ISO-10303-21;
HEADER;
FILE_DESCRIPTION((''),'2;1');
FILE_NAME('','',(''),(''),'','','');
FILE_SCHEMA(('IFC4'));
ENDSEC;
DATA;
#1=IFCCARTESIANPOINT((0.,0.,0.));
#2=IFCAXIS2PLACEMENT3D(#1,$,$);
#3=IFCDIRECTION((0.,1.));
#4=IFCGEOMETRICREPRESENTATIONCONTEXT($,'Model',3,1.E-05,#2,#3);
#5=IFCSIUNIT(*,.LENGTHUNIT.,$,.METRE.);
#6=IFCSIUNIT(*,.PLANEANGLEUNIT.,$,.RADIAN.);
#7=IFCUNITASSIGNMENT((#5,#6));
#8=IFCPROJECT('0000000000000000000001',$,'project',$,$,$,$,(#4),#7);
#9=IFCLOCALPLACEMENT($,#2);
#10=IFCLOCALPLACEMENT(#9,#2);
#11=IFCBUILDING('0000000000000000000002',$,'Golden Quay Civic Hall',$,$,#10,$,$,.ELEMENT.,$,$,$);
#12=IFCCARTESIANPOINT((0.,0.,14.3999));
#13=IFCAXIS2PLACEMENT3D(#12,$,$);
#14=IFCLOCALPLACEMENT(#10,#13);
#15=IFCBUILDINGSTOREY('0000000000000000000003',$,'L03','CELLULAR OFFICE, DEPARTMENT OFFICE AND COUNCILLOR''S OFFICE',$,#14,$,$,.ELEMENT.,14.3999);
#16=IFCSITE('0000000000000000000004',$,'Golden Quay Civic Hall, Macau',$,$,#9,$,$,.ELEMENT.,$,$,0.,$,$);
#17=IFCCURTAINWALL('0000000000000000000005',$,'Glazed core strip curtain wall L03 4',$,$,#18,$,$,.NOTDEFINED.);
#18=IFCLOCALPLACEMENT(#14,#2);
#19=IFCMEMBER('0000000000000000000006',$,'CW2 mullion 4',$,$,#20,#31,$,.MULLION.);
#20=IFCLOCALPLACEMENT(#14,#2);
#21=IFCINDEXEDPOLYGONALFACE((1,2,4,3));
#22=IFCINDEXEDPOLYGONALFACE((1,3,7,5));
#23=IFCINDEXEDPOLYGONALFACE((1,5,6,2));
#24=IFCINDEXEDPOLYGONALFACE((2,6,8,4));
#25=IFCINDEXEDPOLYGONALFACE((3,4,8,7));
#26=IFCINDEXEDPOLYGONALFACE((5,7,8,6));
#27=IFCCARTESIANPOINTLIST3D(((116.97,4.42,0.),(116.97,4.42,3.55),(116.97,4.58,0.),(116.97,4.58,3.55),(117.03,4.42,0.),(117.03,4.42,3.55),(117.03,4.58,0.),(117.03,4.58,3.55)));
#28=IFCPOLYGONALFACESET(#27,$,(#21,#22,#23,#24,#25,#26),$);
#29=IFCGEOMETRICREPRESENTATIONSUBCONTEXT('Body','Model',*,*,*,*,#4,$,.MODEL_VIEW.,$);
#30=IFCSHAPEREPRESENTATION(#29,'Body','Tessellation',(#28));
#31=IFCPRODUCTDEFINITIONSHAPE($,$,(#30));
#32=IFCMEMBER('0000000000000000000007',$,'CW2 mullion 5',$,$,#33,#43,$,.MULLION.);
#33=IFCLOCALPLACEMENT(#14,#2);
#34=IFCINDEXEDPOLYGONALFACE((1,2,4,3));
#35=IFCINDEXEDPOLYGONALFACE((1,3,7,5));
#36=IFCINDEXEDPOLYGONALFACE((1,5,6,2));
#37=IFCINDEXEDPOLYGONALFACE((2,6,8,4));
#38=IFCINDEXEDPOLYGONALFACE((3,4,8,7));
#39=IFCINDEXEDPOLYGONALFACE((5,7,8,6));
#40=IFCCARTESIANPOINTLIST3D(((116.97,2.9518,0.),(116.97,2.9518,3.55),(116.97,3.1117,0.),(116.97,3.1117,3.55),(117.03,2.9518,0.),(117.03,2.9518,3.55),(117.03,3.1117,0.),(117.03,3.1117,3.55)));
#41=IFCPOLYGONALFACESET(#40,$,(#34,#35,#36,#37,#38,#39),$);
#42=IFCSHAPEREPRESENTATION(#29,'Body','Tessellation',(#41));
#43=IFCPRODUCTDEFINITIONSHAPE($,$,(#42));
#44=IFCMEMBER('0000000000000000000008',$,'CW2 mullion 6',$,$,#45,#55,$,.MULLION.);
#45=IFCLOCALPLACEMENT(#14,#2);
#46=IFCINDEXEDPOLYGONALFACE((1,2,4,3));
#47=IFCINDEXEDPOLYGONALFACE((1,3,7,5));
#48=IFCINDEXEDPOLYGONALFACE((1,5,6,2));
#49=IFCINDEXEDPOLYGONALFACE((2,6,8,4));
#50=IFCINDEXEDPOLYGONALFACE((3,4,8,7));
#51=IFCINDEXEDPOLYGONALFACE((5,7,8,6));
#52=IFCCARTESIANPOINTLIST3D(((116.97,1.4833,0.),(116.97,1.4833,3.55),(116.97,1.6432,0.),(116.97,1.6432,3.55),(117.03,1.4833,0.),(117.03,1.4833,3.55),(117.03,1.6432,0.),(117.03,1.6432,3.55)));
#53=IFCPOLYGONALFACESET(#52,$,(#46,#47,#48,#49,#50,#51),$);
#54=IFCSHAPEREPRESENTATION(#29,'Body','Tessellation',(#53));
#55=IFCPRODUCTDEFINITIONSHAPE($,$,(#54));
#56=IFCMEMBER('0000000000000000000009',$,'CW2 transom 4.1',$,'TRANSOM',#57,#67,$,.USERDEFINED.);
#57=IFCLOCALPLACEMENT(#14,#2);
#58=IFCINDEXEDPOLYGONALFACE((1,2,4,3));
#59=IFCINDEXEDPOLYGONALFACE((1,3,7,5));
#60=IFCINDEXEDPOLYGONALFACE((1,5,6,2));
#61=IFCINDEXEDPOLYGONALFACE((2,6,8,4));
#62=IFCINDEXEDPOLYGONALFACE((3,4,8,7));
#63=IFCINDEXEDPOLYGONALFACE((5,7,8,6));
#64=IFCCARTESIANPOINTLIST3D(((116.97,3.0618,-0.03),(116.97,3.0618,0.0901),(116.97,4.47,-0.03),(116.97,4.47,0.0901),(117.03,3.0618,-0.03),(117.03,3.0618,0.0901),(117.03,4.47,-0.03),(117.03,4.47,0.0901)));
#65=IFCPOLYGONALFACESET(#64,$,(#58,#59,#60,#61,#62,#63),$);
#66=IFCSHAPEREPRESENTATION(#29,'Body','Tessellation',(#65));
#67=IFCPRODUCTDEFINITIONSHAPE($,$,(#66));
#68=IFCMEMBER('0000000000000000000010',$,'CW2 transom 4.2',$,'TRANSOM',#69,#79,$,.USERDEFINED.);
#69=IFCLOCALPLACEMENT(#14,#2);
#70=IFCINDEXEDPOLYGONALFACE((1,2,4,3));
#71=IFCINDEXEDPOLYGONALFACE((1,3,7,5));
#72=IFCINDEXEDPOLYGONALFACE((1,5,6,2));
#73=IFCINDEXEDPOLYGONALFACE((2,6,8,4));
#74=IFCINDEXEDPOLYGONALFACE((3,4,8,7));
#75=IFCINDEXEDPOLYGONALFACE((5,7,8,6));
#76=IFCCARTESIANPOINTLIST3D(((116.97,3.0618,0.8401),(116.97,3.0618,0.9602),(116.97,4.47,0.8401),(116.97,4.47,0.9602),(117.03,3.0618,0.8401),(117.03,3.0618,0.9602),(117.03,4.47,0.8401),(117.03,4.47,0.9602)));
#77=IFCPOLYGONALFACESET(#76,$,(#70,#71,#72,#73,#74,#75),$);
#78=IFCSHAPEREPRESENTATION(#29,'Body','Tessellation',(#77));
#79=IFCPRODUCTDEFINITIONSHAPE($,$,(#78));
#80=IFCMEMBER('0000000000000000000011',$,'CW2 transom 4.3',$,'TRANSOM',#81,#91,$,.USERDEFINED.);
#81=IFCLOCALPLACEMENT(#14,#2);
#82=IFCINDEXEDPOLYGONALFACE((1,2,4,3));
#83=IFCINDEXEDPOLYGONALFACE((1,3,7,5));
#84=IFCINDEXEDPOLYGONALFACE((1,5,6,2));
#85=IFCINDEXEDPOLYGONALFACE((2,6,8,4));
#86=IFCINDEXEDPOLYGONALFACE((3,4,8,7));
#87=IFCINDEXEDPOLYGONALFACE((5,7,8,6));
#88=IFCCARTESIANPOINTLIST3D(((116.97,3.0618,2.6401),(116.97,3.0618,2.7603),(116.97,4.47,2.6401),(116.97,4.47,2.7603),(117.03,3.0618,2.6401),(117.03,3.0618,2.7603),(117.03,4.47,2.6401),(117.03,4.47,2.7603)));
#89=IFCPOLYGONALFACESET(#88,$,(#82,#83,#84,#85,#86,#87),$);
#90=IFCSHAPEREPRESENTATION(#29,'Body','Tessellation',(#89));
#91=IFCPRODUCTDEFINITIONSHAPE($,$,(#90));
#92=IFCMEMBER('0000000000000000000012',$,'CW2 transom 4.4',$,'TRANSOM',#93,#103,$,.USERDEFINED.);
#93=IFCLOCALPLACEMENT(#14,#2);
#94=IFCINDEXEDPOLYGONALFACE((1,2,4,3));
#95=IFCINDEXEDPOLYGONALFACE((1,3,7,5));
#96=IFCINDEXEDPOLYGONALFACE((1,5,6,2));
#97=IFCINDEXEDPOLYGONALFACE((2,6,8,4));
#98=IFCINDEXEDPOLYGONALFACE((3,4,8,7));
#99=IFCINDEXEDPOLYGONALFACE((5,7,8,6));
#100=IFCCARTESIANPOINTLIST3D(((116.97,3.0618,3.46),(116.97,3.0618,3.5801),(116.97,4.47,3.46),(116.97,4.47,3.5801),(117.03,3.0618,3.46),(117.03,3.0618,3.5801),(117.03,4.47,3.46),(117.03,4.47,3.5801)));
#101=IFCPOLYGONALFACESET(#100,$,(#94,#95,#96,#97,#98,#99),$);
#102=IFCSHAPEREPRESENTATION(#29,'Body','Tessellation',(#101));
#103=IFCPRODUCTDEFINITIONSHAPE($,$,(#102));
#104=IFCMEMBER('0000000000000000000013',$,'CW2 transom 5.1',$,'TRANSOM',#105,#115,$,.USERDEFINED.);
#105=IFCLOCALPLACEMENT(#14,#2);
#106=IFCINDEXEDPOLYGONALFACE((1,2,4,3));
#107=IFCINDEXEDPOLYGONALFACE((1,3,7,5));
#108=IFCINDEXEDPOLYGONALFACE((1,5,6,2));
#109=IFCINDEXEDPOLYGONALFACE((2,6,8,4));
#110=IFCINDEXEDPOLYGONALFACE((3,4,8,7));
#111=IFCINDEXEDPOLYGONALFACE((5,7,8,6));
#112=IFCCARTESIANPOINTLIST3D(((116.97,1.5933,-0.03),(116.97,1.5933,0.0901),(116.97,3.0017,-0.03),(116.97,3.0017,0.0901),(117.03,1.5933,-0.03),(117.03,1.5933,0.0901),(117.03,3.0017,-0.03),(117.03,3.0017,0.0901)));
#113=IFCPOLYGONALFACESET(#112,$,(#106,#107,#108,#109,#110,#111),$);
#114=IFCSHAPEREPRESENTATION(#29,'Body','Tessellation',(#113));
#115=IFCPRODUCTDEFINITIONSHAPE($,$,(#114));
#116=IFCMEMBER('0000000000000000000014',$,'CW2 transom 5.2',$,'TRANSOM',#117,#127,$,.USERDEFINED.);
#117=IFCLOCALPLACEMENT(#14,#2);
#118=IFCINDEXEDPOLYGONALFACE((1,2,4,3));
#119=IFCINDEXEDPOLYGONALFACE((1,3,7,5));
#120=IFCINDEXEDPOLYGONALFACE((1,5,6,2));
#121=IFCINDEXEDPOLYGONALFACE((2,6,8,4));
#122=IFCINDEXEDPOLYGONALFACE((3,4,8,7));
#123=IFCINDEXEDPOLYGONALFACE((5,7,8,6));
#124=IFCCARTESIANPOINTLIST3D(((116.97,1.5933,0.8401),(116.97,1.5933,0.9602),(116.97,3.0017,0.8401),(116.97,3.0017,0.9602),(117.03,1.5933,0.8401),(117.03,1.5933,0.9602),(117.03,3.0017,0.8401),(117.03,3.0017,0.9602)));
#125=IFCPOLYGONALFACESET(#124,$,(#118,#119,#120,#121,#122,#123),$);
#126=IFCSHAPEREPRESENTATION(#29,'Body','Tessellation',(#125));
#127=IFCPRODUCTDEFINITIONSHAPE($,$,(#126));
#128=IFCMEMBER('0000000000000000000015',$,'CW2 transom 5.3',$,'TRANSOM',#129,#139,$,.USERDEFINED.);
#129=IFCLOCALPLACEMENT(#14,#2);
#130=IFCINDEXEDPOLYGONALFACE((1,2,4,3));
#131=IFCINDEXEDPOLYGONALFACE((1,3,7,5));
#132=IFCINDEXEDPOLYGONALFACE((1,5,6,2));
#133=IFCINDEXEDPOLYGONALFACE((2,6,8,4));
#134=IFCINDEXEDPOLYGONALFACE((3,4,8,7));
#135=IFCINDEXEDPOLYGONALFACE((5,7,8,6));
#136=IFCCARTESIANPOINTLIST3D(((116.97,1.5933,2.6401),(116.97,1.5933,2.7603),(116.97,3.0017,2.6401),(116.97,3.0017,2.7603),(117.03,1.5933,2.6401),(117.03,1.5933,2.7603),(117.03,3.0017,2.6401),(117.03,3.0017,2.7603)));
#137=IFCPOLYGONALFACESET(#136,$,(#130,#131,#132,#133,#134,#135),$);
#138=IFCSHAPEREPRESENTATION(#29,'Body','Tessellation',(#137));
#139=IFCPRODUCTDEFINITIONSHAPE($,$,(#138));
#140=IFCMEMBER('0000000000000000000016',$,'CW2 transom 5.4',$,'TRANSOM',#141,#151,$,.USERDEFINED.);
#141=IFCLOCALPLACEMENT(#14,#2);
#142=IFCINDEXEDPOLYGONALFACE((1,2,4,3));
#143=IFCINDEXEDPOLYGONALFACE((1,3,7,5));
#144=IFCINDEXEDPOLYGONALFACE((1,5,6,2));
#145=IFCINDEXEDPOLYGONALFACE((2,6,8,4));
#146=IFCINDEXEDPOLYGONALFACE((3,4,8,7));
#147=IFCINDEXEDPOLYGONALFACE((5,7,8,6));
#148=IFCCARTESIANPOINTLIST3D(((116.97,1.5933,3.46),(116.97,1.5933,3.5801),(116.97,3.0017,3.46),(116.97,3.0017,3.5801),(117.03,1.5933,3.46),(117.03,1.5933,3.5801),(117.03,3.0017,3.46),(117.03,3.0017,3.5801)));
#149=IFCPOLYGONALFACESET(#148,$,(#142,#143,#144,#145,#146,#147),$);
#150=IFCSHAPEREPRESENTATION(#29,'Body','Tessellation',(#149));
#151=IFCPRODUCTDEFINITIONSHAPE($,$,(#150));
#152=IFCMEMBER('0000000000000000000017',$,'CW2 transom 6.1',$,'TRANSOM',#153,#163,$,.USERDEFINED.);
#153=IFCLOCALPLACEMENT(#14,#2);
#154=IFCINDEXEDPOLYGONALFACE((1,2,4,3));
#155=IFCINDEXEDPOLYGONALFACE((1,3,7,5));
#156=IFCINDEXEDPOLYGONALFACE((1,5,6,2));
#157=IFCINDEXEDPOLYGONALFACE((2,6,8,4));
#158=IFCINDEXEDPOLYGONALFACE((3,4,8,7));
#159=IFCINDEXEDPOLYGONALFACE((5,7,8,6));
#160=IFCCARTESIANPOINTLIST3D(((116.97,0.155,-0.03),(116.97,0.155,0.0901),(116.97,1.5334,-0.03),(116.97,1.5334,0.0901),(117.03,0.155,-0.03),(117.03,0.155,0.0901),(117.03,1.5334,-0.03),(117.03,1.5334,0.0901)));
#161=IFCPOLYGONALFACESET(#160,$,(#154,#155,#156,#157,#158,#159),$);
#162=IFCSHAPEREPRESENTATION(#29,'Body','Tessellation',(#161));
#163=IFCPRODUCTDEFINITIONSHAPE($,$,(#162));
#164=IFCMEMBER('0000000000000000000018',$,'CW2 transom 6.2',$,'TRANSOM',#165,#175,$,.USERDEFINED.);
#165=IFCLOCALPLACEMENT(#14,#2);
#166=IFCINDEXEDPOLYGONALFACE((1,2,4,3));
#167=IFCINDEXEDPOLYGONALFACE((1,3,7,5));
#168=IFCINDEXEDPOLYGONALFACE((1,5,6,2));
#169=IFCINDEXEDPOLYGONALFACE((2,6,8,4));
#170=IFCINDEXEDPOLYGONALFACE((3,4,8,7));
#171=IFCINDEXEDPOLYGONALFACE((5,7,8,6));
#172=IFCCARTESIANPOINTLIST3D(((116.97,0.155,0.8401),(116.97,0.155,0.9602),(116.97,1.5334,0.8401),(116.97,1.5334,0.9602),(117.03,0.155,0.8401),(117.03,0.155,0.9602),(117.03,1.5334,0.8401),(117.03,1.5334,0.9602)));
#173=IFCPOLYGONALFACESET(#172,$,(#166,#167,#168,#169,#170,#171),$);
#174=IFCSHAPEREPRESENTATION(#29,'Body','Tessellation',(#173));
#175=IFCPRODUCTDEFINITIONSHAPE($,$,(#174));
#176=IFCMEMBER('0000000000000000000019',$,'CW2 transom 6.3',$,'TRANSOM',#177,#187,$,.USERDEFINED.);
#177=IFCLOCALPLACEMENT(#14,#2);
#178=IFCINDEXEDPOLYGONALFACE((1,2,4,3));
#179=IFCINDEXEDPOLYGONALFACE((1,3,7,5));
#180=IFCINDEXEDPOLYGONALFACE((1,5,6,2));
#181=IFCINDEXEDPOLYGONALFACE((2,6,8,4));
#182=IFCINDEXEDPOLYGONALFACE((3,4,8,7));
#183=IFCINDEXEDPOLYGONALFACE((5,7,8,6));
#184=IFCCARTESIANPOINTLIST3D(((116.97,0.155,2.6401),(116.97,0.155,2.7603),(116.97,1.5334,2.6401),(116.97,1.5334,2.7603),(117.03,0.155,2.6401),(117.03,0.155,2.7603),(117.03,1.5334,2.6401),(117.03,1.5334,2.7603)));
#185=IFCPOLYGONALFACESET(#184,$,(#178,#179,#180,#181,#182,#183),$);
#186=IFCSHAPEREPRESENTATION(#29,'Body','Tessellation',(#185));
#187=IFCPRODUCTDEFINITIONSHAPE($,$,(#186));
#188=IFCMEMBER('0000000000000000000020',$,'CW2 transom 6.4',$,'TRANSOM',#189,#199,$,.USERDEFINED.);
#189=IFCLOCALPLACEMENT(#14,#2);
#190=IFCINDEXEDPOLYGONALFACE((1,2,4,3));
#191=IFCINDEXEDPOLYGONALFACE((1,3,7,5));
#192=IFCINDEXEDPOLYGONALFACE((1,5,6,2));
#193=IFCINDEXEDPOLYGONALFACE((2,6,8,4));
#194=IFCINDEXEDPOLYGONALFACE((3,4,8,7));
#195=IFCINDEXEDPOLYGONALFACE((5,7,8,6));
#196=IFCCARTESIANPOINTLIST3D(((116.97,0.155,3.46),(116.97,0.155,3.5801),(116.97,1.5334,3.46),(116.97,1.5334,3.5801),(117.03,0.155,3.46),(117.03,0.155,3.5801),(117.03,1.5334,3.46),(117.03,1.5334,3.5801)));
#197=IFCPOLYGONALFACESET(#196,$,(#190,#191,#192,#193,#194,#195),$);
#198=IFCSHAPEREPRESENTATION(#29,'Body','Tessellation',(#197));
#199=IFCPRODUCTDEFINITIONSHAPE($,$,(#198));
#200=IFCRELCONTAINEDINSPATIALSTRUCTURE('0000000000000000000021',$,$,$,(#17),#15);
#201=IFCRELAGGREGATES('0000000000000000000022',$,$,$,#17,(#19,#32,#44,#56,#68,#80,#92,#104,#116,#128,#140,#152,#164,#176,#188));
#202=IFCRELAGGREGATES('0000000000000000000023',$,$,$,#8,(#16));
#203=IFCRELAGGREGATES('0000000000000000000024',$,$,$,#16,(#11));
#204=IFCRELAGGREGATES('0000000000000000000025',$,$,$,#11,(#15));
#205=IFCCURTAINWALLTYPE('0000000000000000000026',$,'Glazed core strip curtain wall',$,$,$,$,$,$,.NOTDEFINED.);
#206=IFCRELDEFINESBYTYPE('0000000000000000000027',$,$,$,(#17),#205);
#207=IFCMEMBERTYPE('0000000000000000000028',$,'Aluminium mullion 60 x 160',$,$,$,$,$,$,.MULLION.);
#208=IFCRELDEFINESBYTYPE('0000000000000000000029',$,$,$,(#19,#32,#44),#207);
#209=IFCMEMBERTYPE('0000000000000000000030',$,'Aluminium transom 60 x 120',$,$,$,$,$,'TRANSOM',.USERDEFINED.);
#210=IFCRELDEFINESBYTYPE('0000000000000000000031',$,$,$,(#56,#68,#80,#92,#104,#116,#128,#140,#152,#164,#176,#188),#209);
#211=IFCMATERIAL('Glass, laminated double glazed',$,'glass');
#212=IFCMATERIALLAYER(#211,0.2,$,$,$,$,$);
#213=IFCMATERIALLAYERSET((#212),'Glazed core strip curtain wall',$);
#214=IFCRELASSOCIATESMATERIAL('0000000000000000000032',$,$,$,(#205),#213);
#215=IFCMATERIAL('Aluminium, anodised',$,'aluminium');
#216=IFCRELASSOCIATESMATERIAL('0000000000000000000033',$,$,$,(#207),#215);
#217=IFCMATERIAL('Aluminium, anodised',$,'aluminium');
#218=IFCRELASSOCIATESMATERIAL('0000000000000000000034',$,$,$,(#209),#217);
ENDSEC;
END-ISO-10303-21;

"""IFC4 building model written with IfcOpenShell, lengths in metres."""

from ifc_helpers import new_model, si_unit, direction, frame, origin, origin_2d, place, context, subcontext, project, spatial, rectangle, extrude, material, layer, layer_set, material_profile, profile_set, type_object, element, aggregate, save


model = new_model("IFC4")

# Units and contexts
model_context = context("Model", 3, precision=1e-05, world=origin(), true_north=direction((0.0, 1.0)))
body_context = subcontext(model_context, "Body", "Model", "MODEL_VIEW")
ifc_project = project(units=[si_unit("LENGTHUNIT", "METRE"), si_unit("PLANEANGLEUNIT", "RADIAN")], contexts=[model_context])

# Site, building, storey
site_placement = place(None, origin())
site = spatial("IfcSite", under=ifc_project, at=site_placement, Name="Golden Quay Civic Hall, Macau", CompositionType="ELEMENT", RefElevation=0.0)
building_placement = place(site_placement, origin())
building = spatial("IfcBuilding", under=site, at=building_placement, Name="Golden Quay Civic Hall", CompositionType="ELEMENT")
storey_placement = place(building_placement, frame((0.0, 0.0, 14.3999)))
storey = spatial("IfcBuildingStorey", under=building, at=storey_placement, Name="L03", Description="CELLULAR OFFICE, DEPARTMENT OFFICE AND COUNCILLOR'S OFFICE", CompositionType="ELEMENT", Elevation=14.3999)

# Curtain wall, members
ifc_material_1 = material(Name="Glass, laminated double glazed", Category="glass")
ifc_layer_1 = layer(ifc_material_1, 0.2)
ifc_layer_set_1 = layer_set([ifc_layer_1], Name="Glazed core strip curtain wall")
curtain_wall_type = type_object("IfcCurtainWallType", Name="Glazed core strip curtain wall", PredefinedType="NOTDEFINED", material=ifc_layer_set_1)
curtain_wall_placement = place(storey_placement, origin())
curtain_wall = element("IfcCurtainWall", 1, at=curtain_wall_placement, inside=storey, type_object=curtain_wall_type, Name="Glazed core strip curtain wall L03 4", PredefinedType="NOTDEFINED")
ifc_material_2 = material(Name="Aluminium, anodised", Category="aluminium")
ifc_material_profile_1 = material_profile(ifc_material_2, rectangle(XDim=0.0601, YDim=0.1599, at=origin_2d()), Name="Aluminium 60 x 160")
ifc_profile_set_1 = profile_set([ifc_material_profile_1], Name="Aluminium, anodised")
member_type_1 = type_object("IfcMemberType", Name="Aluminium mullion 60 x 160", PredefinedType="MULLION", material=ifc_profile_set_1)
member_1_placement = place(storey_placement, frame((117.0, 4.5, 0.0), z_axis=(0.0, 0.0, 1.0), x_axis=(1.0, 0.0, 0.0)))
member_1 = element("IfcMember", 2, at=member_1_placement, type_object=member_type_1, Name="CW2 mullion 4", PredefinedType="MULLION", context=body_context, shape_type="SweptSolid", body=[
    extrude(rectangle(XDim=0.0601, YDim=0.1599, at=origin_2d()), origin(), (0.0, 0.0, 1.0), 3.55),
])
member_2_placement = place(storey_placement, frame((117.0, 3.0317, 0.0), z_axis=(0.0, 0.0, 1.0), x_axis=(1.0, 0.0, 0.0)))
member_2 = element("IfcMember", 3, at=member_2_placement, type_object=member_type_1, Name="CW2 mullion 5", PredefinedType="MULLION", context=body_context, shape_type="SweptSolid", body=[
    extrude(rectangle(XDim=0.0601, YDim=0.1599, at=origin_2d()), origin(), (0.0, 0.0, 1.0), 3.55),
])
member_3_placement = place(storey_placement, frame((117.0, 1.5632, 0.0), z_axis=(0.0, 0.0, 1.0), x_axis=(1.0, 0.0, 0.0)))
member_3 = element("IfcMember", 4, at=member_3_placement, type_object=member_type_1, Name="CW2 mullion 6", PredefinedType="MULLION", context=body_context, shape_type="SweptSolid", body=[
    extrude(rectangle(XDim=0.0601, YDim=0.1599, at=origin_2d()), origin(), (0.0, 0.0, 1.0), 3.55),
])
ifc_material_3 = material(Name="Aluminium, anodised", Category="aluminium")
ifc_material_profile_2 = material_profile(ifc_material_3, rectangle(XDim=0.0601, YDim=0.1201, at=origin_2d()), Name="Aluminium 60 x 120")
ifc_profile_set_2 = profile_set([ifc_material_profile_2], Name="Aluminium, anodised")
member_type_2 = type_object("IfcMemberType", Name="Aluminium transom 60 x 120", ElementType="TRANSOM", PredefinedType="USERDEFINED", material=ifc_profile_set_2)
member_4_placement = place(storey_placement, frame((117.0, 4.47, 0.03), z_axis=(0.0, -1.0, 0.0), x_axis=(1.0, 0.0, 0.0)))
member_4 = element("IfcMember", 5, at=member_4_placement, type_object=member_type_2, Name="CW2 transom 4.1", ObjectType="TRANSOM", PredefinedType="USERDEFINED", context=body_context, shape_type="SweptSolid", body=[
    extrude(rectangle(XDim=0.0601, YDim=0.1201, at=origin_2d()), origin(), (0.0, 0.0, 1.0), 1.4082),
])
member_5_placement = place(storey_placement, frame((117.0, 4.47, 0.9001), z_axis=(0.0, -1.0, 0.0), x_axis=(1.0, 0.0, 0.0)))
member_5 = element("IfcMember", 6, at=member_5_placement, type_object=member_type_2, Name="CW2 transom 4.2", ObjectType="TRANSOM", PredefinedType="USERDEFINED", context=body_context, shape_type="SweptSolid", body=[
    extrude(rectangle(XDim=0.0601, YDim=0.1201, at=origin_2d()), origin(), (0.0, 0.0, 1.0), 1.4082),
])
member_6_placement = place(storey_placement, frame((117.0, 4.47, 2.7002), z_axis=(0.0, -1.0, 0.0), x_axis=(1.0, 0.0, 0.0)))
member_6 = element("IfcMember", 7, at=member_6_placement, type_object=member_type_2, Name="CW2 transom 4.3", ObjectType="TRANSOM", PredefinedType="USERDEFINED", context=body_context, shape_type="SweptSolid", body=[
    extrude(rectangle(XDim=0.0601, YDim=0.1201, at=origin_2d()), origin(), (0.0, 0.0, 1.0), 1.4082),
])
member_7_placement = place(storey_placement, frame((117.0, 4.47, 3.52), z_axis=(0.0, -1.0, 0.0), x_axis=(1.0, 0.0, 0.0)))
member_7 = element("IfcMember", 8, at=member_7_placement, type_object=member_type_2, Name="CW2 transom 4.4", ObjectType="TRANSOM", PredefinedType="USERDEFINED", context=body_context, shape_type="SweptSolid", body=[
    extrude(rectangle(XDim=0.0601, YDim=0.1201, at=origin_2d()), origin(), (0.0, 0.0, 1.0), 1.4082),
])
member_8_placement = place(storey_placement, frame((117.0, 3.0017, 0.03), z_axis=(0.0, -1.0, 0.0), x_axis=(1.0, 0.0, 0.0)))
member_8 = element("IfcMember", 9, at=member_8_placement, type_object=member_type_2, Name="CW2 transom 5.1", ObjectType="TRANSOM", PredefinedType="USERDEFINED", context=body_context, shape_type="SweptSolid", body=[
    extrude(rectangle(XDim=0.0601, YDim=0.1201, at=origin_2d()), origin(), (0.0, 0.0, 1.0), 1.4084),
])
member_9_placement = place(storey_placement, frame((117.0, 3.0017, 0.9001), z_axis=(0.0, -1.0, 0.0), x_axis=(1.0, 0.0, 0.0)))
member_9 = element("IfcMember", 10, at=member_9_placement, type_object=member_type_2, Name="CW2 transom 5.2", ObjectType="TRANSOM", PredefinedType="USERDEFINED", context=body_context, shape_type="SweptSolid", body=[
    extrude(rectangle(XDim=0.0601, YDim=0.1201, at=origin_2d()), origin(), (0.0, 0.0, 1.0), 1.4084),
])
member_10_placement = place(storey_placement, frame((117.0, 3.0017, 2.7002), z_axis=(0.0, -1.0, 0.0), x_axis=(1.0, 0.0, 0.0)))
member_10 = element("IfcMember", 11, at=member_10_placement, type_object=member_type_2, Name="CW2 transom 5.3", ObjectType="TRANSOM", PredefinedType="USERDEFINED", context=body_context, shape_type="SweptSolid", body=[
    extrude(rectangle(XDim=0.0601, YDim=0.1201, at=origin_2d()), origin(), (0.0, 0.0, 1.0), 1.4084),
])
member_11_placement = place(storey_placement, frame((117.0, 3.0017, 3.52), z_axis=(0.0, -1.0, 0.0), x_axis=(1.0, 0.0, 0.0)))
member_11 = element("IfcMember", 12, at=member_11_placement, type_object=member_type_2, Name="CW2 transom 5.4", ObjectType="TRANSOM", PredefinedType="USERDEFINED", context=body_context, shape_type="SweptSolid", body=[
    extrude(rectangle(XDim=0.0601, YDim=0.1201, at=origin_2d()), origin(), (0.0, 0.0, 1.0), 1.4084),
])
member_12_placement = place(storey_placement, frame((117.0, 1.5334, 0.03), z_axis=(0.0, -1.0, 0.0), x_axis=(1.0, 0.0, 0.0)))
member_12 = element("IfcMember", 13, at=member_12_placement, type_object=member_type_2, Name="CW2 transom 6.1", ObjectType="TRANSOM", PredefinedType="USERDEFINED", context=body_context, shape_type="SweptSolid", body=[
    extrude(rectangle(XDim=0.0601, YDim=0.1201, at=origin_2d()), origin(), (0.0, 0.0, 1.0), 1.3784),
])
member_13_placement = place(storey_placement, frame((117.0, 1.5334, 0.9001), z_axis=(0.0, -1.0, 0.0), x_axis=(1.0, 0.0, 0.0)))
member_13 = element("IfcMember", 14, at=member_13_placement, type_object=member_type_2, Name="CW2 transom 6.2", ObjectType="TRANSOM", PredefinedType="USERDEFINED", context=body_context, shape_type="SweptSolid", body=[
    extrude(rectangle(XDim=0.0601, YDim=0.1201, at=origin_2d()), origin(), (0.0, 0.0, 1.0), 1.3784),
])
member_14_placement = place(storey_placement, frame((117.0, 1.5334, 2.7002), z_axis=(0.0, -1.0, 0.0), x_axis=(1.0, 0.0, 0.0)))
member_14 = element("IfcMember", 15, at=member_14_placement, type_object=member_type_2, Name="CW2 transom 6.3", ObjectType="TRANSOM", PredefinedType="USERDEFINED", context=body_context, shape_type="SweptSolid", body=[
    extrude(rectangle(XDim=0.0601, YDim=0.1201, at=origin_2d()), origin(), (0.0, 0.0, 1.0), 1.3784),
])
member_15_placement = place(storey_placement, frame((117.0, 1.5334, 3.52), z_axis=(0.0, -1.0, 0.0), x_axis=(1.0, 0.0, 0.0)))
member_15 = element("IfcMember", 16, at=member_15_placement, type_object=member_type_2, Name="CW2 transom 6.4", ObjectType="TRANSOM", PredefinedType="USERDEFINED", context=body_context, shape_type="SweptSolid", body=[
    extrude(rectangle(XDim=0.0601, YDim=0.1201, at=origin_2d()), origin(), (0.0, 0.0, 1.0), 1.3784),
])
aggregate(curtain_wall, [member_1, member_2, member_3, member_4, member_5, member_6, member_7, member_8, member_9, member_10, member_11, member_12, member_13, member_14, member_15])

save(model, "model.ifc")
